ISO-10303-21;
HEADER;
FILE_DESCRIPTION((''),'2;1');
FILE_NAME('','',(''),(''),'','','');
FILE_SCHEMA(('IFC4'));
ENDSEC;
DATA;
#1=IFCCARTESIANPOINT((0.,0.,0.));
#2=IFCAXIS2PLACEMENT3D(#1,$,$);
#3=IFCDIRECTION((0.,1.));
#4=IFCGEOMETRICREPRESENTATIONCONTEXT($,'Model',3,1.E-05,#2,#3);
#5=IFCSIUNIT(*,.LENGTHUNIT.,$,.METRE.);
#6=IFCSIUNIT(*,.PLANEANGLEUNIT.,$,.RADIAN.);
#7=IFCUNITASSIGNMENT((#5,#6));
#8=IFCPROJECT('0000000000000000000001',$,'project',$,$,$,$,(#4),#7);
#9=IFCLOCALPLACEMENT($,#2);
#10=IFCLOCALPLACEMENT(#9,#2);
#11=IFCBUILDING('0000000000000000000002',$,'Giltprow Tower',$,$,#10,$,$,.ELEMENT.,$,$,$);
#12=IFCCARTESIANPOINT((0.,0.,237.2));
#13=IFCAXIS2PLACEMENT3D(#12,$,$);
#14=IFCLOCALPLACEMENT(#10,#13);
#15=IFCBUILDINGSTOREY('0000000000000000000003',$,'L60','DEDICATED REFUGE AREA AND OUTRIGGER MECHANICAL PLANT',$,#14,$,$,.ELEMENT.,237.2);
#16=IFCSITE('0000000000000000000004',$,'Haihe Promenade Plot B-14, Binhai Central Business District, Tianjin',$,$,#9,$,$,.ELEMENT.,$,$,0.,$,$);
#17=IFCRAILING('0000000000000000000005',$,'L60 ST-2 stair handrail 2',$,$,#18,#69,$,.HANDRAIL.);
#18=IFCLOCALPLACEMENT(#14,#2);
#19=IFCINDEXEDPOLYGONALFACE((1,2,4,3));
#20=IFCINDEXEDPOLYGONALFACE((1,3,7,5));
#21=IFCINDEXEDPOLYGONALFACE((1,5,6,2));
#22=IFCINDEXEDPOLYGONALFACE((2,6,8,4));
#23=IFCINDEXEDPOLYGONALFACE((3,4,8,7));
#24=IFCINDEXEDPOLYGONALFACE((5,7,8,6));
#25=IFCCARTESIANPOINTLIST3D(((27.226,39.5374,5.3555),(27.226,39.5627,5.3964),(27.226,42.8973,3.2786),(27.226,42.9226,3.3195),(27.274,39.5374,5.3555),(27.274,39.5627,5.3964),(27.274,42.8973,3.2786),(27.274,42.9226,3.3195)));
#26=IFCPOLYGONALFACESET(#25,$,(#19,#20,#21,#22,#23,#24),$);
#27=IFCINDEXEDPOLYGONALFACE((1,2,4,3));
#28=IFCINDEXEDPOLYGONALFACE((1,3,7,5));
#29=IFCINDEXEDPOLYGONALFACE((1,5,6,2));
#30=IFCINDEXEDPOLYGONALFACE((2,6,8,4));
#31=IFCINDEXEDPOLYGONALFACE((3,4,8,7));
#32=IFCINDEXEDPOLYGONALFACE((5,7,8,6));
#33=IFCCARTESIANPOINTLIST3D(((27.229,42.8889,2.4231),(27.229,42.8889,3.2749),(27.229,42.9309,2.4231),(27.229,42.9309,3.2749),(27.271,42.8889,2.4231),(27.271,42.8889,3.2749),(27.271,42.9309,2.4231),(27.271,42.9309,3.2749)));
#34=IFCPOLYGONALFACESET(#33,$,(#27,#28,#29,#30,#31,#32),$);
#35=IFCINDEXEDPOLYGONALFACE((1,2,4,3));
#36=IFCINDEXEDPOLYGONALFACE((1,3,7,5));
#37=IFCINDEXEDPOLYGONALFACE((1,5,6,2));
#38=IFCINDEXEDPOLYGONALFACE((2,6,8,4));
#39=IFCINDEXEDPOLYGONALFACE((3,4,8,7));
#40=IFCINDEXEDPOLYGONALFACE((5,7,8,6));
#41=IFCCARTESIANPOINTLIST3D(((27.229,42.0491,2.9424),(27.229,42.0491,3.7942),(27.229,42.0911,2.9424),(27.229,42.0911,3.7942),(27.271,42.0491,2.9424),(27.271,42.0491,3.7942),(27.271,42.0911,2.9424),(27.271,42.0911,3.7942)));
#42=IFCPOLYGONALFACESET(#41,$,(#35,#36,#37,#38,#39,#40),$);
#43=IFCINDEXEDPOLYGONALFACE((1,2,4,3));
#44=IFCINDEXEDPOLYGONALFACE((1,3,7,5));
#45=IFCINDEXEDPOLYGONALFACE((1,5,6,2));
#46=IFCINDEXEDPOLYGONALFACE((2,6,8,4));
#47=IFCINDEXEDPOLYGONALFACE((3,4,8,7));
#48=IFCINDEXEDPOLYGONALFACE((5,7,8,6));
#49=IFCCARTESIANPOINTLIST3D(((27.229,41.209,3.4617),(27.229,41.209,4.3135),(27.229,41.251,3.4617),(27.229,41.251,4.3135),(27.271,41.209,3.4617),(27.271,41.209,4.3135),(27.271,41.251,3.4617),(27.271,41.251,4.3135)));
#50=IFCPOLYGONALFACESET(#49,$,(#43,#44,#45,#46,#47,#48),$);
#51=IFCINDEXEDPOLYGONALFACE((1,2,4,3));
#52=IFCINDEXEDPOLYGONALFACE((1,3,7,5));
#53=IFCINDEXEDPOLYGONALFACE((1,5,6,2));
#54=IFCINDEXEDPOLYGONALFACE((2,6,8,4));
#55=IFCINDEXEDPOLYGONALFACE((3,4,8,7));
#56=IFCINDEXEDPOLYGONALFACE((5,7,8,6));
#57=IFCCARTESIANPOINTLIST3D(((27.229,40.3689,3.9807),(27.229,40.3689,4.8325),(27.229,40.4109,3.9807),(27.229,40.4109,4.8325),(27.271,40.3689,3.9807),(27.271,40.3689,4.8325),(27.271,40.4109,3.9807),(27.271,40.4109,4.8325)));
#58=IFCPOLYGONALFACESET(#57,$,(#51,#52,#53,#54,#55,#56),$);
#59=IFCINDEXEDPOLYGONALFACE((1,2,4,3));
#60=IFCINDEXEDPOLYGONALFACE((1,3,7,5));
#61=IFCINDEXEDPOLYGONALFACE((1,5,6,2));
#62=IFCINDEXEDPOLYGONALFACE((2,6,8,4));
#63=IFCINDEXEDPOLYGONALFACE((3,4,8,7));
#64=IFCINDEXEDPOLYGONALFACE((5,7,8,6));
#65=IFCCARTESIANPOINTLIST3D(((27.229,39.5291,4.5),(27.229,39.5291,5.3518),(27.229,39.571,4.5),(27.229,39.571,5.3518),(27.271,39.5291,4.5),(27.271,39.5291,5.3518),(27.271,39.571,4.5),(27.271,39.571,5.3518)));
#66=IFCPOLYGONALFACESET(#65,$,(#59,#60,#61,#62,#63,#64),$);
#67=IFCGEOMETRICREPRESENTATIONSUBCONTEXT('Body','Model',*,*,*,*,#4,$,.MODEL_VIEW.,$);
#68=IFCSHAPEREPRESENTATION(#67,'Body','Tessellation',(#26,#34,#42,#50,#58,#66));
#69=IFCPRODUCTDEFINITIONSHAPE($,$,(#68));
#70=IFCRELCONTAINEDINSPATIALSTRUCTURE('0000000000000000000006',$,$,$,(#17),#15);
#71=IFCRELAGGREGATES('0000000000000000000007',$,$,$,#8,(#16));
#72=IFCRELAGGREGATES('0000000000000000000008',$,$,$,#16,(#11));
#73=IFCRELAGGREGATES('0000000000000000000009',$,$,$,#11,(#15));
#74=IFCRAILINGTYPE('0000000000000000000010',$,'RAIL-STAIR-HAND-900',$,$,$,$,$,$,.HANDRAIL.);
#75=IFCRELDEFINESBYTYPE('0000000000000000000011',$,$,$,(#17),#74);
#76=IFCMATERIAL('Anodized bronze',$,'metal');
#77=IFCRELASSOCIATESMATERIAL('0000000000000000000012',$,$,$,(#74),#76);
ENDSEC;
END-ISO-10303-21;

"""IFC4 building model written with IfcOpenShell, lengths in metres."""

from ifc_helpers import new_model, si_unit, direction, frame, origin, origin_2d, place, context, subcontext, project, spatial, rectangle, extrude, material, type_object, element, save


model = new_model("IFC4")

# Units and contexts
model_context = context("Model", 3, precision=1e-05, world=origin(), true_north=direction((0.0, 1.0)))
body_context = subcontext(model_context, "Body", "Model", "MODEL_VIEW")
ifc_project = project(units=[si_unit("LENGTHUNIT", "METRE"), si_unit("PLANEANGLEUNIT", "RADIAN")], contexts=[model_context])

# Site, building, storey
site_placement = place(None, origin())
site = spatial("IfcSite", under=ifc_project, at=site_placement, Name="Haihe Promenade Plot B-14, Binhai Central Business District, Tianjin", CompositionType="ELEMENT", RefElevation=0.0)
building_placement = place(site_placement, origin())
building = spatial("IfcBuilding", under=site, at=building_placement, Name="Giltprow Tower", CompositionType="ELEMENT")
storey_placement = place(building_placement, frame((0.0, 0.0, 237.2)))
storey = spatial("IfcBuildingStorey", under=building, at=storey_placement, Name="L60", Description="DEDICATED REFUGE AREA AND OUTRIGGER MECHANICAL PLANT", CompositionType="ELEMENT", Elevation=237.2)

# Railing
ifc_material_1 = material(Name="Anodized bronze", Category="metal")
railing_type_1 = type_object("IfcRailingType", Name="RAIL-STAIR-HAND-900", PredefinedType="HANDRAIL", material=ifc_material_1)
railing_1_placement = place(storey_placement, frame((27.25, 42.9099, 2.4231)))
element("IfcRailing", 1, at=railing_1_placement, inside=storey, type_object=railing_type_1, Name="L60 ST-2 stair handrail 2", PredefinedType="HANDRAIL", context=body_context, shape_type="SweptSolid", body=[
    extrude(rectangle(XDim=0.0481, YDim=0.0481, at=origin_2d()), frame((0.0, 0.0, 0.876), z_axis=(0.0, -0.850606, 0.525803), x_axis=(1.0, 0.0, 0.0)), (0.0, 0.0, 1.0), 3.95),
    extrude(rectangle(XDim=0.042, YDim=0.042, at=origin_2d()), origin(), (0.0, 0.0, 1.0), 0.8518),
    extrude(rectangle(XDim=0.042, YDim=0.042, at=origin_2d()), frame((0.0, -0.8398, 0.5193)), (0.0, 0.0, 1.0), 0.8518),
    extrude(rectangle(XDim=0.042, YDim=0.042, at=origin_2d()), frame((0.0, -1.6799, 1.0386)), (0.0, 0.0, 1.0), 0.8518),
    extrude(rectangle(XDim=0.042, YDim=0.042, at=origin_2d()), frame((0.0, -2.52, 1.5576)), (0.0, 0.0, 1.0), 0.8518),
    extrude(rectangle(XDim=0.042, YDim=0.042, at=origin_2d()), frame((0.0, -3.3599, 2.0769)), (0.0, 0.0, 1.0), 0.8518),
])

save(model, "model.ifc")
